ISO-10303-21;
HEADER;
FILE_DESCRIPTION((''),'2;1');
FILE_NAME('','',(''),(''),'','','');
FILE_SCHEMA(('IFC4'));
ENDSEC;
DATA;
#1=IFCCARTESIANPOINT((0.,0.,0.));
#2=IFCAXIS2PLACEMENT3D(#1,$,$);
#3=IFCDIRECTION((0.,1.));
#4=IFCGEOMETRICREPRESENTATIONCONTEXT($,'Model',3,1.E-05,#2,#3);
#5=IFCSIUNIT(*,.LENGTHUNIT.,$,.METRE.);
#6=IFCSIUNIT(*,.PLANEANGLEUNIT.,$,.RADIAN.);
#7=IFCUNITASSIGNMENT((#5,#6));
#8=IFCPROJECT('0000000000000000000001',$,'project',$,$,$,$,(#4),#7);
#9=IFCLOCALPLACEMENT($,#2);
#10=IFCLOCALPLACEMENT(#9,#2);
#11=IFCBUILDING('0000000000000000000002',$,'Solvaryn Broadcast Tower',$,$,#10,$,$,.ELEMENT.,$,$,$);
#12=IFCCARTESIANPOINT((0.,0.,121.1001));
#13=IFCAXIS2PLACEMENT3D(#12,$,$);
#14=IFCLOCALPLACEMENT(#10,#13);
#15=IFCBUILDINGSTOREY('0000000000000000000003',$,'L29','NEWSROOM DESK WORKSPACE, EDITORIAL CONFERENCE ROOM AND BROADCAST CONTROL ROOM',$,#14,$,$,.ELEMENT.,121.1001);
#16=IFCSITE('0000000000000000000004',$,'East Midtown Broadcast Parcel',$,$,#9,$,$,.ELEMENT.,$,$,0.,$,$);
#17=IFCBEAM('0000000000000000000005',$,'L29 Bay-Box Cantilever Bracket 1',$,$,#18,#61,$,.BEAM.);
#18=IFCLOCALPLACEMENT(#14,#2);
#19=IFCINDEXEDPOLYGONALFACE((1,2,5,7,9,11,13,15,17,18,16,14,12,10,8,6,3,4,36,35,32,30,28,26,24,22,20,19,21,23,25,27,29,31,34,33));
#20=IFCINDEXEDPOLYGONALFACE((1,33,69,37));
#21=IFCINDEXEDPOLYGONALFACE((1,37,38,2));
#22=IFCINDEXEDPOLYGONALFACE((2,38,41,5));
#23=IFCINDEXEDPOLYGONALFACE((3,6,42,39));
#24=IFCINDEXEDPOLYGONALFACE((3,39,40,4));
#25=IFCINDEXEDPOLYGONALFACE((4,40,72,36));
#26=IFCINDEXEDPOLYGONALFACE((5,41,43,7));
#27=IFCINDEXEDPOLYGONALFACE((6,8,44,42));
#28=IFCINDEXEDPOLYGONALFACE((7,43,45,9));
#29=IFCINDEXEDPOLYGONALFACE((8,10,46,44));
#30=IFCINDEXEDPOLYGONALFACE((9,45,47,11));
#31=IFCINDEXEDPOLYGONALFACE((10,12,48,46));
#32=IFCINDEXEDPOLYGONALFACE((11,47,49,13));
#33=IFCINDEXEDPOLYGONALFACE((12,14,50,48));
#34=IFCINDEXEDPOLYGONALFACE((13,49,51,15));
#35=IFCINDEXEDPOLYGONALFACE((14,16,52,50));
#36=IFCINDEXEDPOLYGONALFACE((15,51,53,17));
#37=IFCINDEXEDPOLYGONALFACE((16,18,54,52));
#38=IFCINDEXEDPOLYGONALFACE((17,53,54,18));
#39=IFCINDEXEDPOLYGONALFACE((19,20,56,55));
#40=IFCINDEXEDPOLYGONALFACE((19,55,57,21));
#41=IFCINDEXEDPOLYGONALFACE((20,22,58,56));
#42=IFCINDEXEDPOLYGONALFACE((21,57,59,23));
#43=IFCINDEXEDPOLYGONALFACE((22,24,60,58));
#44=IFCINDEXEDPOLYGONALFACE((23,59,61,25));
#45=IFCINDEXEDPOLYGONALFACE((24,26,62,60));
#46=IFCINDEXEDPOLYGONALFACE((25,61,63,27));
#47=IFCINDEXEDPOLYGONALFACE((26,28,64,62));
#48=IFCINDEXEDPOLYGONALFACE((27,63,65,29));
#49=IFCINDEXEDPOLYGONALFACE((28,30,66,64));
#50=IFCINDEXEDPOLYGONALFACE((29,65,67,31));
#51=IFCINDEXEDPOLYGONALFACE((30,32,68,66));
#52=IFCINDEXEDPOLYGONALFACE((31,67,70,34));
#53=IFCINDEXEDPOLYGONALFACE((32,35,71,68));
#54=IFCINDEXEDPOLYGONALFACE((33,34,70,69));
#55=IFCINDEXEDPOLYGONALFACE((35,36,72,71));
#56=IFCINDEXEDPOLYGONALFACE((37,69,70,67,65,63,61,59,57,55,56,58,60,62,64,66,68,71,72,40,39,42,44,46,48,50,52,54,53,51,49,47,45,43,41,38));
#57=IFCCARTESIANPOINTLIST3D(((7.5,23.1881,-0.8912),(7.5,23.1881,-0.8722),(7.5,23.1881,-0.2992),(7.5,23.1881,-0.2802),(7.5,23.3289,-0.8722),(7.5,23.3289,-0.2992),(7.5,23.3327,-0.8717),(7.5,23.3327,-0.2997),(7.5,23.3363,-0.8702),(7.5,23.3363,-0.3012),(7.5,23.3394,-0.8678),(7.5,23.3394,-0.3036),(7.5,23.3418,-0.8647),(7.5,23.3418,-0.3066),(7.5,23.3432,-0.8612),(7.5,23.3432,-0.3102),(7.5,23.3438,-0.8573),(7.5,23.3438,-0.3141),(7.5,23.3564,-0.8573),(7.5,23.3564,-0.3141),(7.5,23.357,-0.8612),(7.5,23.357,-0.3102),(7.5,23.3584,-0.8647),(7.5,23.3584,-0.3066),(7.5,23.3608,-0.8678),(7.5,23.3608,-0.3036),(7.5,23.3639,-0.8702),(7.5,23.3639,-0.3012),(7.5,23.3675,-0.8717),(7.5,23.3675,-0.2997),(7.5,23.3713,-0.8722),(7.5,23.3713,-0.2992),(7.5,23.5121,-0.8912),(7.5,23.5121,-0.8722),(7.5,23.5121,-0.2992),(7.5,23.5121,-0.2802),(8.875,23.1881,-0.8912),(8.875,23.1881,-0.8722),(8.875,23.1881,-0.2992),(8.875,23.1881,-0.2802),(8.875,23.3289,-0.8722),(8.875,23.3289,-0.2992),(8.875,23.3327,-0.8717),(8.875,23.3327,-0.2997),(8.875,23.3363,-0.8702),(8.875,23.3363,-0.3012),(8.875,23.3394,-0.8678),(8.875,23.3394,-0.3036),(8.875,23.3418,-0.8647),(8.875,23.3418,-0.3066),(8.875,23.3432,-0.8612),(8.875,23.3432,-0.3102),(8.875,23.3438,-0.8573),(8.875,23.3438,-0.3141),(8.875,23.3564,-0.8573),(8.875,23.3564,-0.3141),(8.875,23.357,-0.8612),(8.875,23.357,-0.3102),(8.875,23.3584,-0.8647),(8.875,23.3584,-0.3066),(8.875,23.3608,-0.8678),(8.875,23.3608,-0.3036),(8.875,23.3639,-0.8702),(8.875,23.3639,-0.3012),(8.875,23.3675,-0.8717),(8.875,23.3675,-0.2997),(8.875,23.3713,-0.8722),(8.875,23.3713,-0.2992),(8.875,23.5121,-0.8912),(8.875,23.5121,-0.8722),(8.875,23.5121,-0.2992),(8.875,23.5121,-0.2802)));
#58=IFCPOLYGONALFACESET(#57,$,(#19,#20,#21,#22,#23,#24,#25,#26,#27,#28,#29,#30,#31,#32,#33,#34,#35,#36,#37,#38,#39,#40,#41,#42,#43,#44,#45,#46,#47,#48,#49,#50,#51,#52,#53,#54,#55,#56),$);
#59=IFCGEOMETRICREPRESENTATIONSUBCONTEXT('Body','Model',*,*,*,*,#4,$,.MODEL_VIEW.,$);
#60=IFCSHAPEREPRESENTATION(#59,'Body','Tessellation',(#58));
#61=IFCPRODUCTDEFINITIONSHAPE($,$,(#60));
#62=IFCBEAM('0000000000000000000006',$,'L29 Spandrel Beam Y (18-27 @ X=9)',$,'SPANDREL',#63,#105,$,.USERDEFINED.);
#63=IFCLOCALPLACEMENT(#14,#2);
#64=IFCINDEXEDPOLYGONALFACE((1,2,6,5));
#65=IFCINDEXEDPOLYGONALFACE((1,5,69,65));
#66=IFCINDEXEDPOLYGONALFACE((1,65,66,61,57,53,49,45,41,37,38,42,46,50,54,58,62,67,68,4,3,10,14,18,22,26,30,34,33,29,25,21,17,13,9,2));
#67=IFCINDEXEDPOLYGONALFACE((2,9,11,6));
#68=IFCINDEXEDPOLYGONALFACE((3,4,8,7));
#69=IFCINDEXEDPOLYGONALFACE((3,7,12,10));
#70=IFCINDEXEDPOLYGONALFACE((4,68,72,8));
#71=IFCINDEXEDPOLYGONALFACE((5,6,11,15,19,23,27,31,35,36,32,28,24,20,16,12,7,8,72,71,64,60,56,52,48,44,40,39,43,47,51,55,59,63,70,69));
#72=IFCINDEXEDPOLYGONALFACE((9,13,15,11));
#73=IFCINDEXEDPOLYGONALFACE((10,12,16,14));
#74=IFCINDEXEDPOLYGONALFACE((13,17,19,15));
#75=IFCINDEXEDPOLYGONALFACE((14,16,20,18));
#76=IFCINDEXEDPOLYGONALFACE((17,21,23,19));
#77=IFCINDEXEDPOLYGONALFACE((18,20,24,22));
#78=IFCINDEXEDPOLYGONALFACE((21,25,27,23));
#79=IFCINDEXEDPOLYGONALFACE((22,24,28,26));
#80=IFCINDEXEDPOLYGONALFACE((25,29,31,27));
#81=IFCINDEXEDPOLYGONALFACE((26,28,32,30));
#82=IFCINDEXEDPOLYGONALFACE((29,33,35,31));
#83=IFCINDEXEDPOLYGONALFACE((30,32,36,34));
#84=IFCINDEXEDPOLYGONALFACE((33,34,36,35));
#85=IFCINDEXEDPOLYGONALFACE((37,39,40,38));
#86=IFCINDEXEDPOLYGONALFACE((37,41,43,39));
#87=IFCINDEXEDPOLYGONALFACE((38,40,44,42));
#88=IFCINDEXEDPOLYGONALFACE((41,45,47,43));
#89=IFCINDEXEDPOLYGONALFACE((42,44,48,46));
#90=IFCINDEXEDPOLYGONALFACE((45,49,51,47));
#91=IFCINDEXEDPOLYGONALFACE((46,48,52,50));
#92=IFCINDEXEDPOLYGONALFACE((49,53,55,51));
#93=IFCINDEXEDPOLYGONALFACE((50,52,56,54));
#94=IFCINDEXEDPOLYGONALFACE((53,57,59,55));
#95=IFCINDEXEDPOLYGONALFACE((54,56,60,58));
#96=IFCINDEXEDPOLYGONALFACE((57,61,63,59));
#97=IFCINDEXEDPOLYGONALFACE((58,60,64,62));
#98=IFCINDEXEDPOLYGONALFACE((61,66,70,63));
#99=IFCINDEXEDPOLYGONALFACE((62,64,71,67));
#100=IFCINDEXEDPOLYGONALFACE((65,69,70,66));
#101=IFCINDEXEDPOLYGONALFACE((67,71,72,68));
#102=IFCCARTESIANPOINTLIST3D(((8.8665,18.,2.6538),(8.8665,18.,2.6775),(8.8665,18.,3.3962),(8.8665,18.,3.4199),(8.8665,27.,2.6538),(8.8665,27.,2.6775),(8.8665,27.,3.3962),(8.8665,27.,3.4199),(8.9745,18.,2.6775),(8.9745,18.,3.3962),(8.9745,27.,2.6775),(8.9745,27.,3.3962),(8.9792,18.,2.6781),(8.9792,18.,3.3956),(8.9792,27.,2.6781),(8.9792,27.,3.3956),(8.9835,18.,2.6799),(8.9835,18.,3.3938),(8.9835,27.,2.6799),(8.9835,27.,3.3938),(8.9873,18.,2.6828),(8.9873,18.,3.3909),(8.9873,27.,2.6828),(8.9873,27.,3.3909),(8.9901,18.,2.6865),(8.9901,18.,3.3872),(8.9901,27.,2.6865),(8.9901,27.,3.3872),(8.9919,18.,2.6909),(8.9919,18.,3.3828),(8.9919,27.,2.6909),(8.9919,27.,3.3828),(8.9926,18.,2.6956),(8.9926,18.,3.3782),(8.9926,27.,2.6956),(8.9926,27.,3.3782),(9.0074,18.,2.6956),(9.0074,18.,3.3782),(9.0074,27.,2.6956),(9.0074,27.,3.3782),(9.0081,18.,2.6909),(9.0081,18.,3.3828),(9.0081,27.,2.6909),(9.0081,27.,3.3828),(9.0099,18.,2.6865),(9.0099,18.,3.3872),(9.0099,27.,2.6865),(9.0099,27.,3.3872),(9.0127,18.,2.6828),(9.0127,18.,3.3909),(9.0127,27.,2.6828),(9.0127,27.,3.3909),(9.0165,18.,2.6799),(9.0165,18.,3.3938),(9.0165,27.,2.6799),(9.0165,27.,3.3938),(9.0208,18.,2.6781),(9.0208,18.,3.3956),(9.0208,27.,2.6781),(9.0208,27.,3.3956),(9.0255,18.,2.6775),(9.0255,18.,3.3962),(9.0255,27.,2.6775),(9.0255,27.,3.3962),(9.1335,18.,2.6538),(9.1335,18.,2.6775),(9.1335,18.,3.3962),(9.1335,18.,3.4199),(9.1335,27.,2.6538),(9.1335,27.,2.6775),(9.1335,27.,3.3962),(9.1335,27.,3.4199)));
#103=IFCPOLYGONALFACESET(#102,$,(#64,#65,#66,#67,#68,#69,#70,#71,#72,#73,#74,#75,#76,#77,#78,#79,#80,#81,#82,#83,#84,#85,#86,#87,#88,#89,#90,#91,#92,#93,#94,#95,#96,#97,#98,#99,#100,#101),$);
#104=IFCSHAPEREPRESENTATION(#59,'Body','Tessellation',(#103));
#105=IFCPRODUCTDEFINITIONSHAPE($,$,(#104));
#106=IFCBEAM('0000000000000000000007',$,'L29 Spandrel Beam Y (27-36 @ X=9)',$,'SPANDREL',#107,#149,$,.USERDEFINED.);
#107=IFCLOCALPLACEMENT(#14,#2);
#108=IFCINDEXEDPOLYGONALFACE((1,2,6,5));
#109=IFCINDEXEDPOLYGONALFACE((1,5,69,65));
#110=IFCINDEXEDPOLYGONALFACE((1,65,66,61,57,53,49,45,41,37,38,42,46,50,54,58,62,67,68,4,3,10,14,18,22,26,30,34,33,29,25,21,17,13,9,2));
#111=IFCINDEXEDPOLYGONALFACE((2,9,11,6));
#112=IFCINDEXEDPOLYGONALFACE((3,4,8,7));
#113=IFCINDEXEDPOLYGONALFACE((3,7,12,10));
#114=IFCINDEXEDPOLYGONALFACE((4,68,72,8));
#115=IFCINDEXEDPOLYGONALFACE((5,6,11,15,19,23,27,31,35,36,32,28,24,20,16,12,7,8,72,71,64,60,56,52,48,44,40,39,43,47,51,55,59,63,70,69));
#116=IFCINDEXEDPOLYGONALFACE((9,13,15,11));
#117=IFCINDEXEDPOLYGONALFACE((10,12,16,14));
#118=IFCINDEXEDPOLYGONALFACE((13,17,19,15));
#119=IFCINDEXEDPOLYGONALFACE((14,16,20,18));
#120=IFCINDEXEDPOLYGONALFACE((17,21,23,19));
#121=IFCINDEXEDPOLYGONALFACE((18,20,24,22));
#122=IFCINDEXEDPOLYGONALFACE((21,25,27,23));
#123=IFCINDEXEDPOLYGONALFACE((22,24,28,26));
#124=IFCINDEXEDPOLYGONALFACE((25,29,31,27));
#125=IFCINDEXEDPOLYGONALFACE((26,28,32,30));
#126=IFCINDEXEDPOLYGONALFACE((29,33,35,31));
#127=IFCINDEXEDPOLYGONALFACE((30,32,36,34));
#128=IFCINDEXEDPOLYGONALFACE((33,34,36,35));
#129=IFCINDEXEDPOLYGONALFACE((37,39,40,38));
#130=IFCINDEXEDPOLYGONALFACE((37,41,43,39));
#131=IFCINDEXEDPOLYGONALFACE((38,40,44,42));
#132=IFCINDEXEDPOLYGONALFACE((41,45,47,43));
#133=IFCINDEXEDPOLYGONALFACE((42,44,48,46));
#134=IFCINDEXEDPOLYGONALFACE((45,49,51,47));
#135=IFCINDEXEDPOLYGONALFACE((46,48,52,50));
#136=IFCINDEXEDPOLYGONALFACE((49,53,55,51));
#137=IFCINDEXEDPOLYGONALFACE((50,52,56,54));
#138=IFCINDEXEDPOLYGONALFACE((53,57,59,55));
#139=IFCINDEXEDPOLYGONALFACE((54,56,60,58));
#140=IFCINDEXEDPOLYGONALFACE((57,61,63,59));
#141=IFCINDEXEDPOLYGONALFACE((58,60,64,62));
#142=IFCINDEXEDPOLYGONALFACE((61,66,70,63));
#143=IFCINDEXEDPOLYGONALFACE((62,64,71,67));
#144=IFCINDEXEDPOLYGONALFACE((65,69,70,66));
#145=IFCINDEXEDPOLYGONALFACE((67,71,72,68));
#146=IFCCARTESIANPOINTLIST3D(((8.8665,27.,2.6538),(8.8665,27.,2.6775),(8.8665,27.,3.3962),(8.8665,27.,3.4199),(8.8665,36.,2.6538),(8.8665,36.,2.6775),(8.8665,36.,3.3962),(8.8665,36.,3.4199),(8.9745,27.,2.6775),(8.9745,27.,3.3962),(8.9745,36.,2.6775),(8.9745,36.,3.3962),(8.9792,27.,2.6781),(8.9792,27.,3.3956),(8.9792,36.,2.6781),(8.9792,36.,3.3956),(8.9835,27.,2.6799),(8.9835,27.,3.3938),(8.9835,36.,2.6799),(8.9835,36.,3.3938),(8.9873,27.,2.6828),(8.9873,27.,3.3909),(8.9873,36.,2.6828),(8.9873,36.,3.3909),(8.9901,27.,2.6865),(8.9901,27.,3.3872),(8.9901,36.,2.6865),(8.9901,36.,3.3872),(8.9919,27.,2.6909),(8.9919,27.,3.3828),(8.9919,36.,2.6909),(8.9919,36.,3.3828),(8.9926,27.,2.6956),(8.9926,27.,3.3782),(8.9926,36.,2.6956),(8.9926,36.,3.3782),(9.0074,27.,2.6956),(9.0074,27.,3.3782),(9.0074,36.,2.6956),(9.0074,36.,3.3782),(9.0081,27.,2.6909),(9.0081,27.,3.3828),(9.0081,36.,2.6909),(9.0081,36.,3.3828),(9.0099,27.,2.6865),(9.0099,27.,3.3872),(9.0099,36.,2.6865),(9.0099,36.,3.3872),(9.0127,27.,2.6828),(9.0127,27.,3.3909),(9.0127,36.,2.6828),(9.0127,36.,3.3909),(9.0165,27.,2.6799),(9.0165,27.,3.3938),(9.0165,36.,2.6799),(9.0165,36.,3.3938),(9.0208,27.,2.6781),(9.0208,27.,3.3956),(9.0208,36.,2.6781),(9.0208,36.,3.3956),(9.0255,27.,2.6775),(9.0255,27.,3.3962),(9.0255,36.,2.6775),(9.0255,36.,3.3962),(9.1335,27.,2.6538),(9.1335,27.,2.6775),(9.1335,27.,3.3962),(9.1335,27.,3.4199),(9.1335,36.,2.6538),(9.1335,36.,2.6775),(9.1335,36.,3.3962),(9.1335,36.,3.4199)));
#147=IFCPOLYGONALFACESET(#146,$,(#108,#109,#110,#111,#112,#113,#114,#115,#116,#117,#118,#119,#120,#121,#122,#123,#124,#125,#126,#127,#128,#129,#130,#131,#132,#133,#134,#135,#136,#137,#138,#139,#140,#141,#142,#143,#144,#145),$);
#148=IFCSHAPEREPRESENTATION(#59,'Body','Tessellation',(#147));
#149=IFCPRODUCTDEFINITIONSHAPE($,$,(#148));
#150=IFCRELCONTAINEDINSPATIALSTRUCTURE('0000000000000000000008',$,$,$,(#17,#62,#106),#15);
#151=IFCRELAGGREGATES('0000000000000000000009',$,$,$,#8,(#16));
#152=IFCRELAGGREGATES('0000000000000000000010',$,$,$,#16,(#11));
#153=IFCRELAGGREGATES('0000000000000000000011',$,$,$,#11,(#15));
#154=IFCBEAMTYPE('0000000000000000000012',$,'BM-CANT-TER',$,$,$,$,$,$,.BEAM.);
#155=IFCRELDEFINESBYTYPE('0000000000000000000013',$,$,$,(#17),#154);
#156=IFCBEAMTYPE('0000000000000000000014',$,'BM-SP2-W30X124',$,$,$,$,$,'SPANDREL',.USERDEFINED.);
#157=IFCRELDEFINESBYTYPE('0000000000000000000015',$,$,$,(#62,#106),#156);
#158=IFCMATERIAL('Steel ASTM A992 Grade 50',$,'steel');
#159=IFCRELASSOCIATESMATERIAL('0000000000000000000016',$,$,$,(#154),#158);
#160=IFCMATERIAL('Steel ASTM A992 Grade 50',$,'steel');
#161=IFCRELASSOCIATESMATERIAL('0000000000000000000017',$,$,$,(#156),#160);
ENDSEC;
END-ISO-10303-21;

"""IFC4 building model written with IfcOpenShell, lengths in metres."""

from ifc_helpers import new_model, si_unit, direction, frame, origin, origin_2d, place, context, subcontext, project, spatial, i_section, extrude, material, material_profile, profile_set, type_object, element, save


model = new_model("IFC4")

# Units and contexts
model_context = context("Model", 3, precision=1e-05, world=origin(), true_north=direction((0.0, 1.0)))
body_context = subcontext(model_context, "Body", "Model", "MODEL_VIEW")
ifc_project = project(units=[si_unit("LENGTHUNIT", "METRE"), si_unit("PLANEANGLEUNIT", "RADIAN")], contexts=[model_context])

# Site, building, storey
site_placement = place(None, origin())
site = spatial("IfcSite", under=ifc_project, at=site_placement, Name="East Midtown Broadcast Parcel", CompositionType="ELEMENT", RefElevation=0.0)
building_placement = place(site_placement, origin())
building = spatial("IfcBuilding", under=site, at=building_placement, Name="Solvaryn Broadcast Tower", CompositionType="ELEMENT")
storey_placement = place(building_placement, frame((0.0, 0.0, 121.1001)))
storey = spatial("IfcBuildingStorey", under=building, at=storey_placement, Name="L29", Description="NEWSROOM DESK WORKSPACE, EDITORIAL CONFERENCE ROOM AND BROADCAST CONTROL ROOM", CompositionType="ELEMENT", Elevation=121.1001)

# Beams
ifc_material_1 = material(Name="Steel ASTM A992 Grade 50", Category="steel")
ifc_material_profile_1 = material_profile(ifc_material_1, i_section(OverallWidth=0.324, OverallDepth=0.6111, WebThickness=0.0127, FlangeThickness=0.019, FilletRadius=0.0149, at=origin_2d()))
ifc_profile_set_1 = profile_set([ifc_material_profile_1], Name="Steel ASTM A992 Grade 50")
beam_type_1 = type_object("IfcBeamType", Name="BM-CANT-TER", PredefinedType="BEAM", material=ifc_profile_set_1)
beam_placement = place(storey_placement, frame((8.875, 23.3501, -0.5857), z_axis=(-1.0, 0.0, 0.0), x_axis=(0.0, -1.0, 0.0)))
element("IfcBeam", 1, at=beam_placement, inside=storey, type_object=beam_type_1, Name="L29 Bay-Box Cantilever Bracket 1", PredefinedType="BEAM", context=body_context, shape_type="SweptSolid", body=[
    extrude(i_section(OverallWidth=0.324, OverallDepth=0.6111, WebThickness=0.0127, FlangeThickness=0.019, FilletRadius=0.0149, at=origin_2d()), origin(), (0.0, 0.0, 1.0), 1.375),
])
ifc_material_2 = material(Name="Steel ASTM A992 Grade 50", Category="steel")
ifc_material_profile_2 = material_profile(ifc_material_2, i_section(OverallWidth=0.2671, OverallDepth=0.7661, WebThickness=0.0149, FlangeThickness=0.0237, FilletRadius=0.0181, at=origin_2d()))
ifc_profile_set_2 = profile_set([ifc_material_profile_2], Name="Steel ASTM A992 Grade 50")
beam_type_2 = type_object("IfcBeamType", Name="BM-SP2-W30X124", ElementType="SPANDREL", PredefinedType="USERDEFINED", material=ifc_profile_set_2)
for number, where, z_axis, x_axis, name in (
    (2, (9.0, 18.0, 3.0369), (0.0, 1.0, 0.0), (-1.0, 0.0, 0.0), "L29 Spandrel Beam Y (18-27 @ X=9)"),
    (3, (9.0, 27.0, 3.0369), (0.0, 1.0, 0.0), (-1.0, 0.0, 0.0), "L29 Spandrel Beam Y (27-36 @ X=9)"),
):
    element("IfcBeam", number, at=place(storey_placement, frame(where, z_axis=z_axis, x_axis=x_axis)), inside=storey, type_object=beam_type_2, Name=name, ObjectType="SPANDREL", PredefinedType="USERDEFINED", context=body_context, shape_type="SweptSolid", body=[
        extrude(i_section(OverallWidth=0.2671, OverallDepth=0.7661, WebThickness=0.0149, FlangeThickness=0.0237, FilletRadius=0.0181, at=origin_2d()), origin(), (0.0, 0.0, 1.0), 9.0),
    ])

save(model, "model.ifc")
